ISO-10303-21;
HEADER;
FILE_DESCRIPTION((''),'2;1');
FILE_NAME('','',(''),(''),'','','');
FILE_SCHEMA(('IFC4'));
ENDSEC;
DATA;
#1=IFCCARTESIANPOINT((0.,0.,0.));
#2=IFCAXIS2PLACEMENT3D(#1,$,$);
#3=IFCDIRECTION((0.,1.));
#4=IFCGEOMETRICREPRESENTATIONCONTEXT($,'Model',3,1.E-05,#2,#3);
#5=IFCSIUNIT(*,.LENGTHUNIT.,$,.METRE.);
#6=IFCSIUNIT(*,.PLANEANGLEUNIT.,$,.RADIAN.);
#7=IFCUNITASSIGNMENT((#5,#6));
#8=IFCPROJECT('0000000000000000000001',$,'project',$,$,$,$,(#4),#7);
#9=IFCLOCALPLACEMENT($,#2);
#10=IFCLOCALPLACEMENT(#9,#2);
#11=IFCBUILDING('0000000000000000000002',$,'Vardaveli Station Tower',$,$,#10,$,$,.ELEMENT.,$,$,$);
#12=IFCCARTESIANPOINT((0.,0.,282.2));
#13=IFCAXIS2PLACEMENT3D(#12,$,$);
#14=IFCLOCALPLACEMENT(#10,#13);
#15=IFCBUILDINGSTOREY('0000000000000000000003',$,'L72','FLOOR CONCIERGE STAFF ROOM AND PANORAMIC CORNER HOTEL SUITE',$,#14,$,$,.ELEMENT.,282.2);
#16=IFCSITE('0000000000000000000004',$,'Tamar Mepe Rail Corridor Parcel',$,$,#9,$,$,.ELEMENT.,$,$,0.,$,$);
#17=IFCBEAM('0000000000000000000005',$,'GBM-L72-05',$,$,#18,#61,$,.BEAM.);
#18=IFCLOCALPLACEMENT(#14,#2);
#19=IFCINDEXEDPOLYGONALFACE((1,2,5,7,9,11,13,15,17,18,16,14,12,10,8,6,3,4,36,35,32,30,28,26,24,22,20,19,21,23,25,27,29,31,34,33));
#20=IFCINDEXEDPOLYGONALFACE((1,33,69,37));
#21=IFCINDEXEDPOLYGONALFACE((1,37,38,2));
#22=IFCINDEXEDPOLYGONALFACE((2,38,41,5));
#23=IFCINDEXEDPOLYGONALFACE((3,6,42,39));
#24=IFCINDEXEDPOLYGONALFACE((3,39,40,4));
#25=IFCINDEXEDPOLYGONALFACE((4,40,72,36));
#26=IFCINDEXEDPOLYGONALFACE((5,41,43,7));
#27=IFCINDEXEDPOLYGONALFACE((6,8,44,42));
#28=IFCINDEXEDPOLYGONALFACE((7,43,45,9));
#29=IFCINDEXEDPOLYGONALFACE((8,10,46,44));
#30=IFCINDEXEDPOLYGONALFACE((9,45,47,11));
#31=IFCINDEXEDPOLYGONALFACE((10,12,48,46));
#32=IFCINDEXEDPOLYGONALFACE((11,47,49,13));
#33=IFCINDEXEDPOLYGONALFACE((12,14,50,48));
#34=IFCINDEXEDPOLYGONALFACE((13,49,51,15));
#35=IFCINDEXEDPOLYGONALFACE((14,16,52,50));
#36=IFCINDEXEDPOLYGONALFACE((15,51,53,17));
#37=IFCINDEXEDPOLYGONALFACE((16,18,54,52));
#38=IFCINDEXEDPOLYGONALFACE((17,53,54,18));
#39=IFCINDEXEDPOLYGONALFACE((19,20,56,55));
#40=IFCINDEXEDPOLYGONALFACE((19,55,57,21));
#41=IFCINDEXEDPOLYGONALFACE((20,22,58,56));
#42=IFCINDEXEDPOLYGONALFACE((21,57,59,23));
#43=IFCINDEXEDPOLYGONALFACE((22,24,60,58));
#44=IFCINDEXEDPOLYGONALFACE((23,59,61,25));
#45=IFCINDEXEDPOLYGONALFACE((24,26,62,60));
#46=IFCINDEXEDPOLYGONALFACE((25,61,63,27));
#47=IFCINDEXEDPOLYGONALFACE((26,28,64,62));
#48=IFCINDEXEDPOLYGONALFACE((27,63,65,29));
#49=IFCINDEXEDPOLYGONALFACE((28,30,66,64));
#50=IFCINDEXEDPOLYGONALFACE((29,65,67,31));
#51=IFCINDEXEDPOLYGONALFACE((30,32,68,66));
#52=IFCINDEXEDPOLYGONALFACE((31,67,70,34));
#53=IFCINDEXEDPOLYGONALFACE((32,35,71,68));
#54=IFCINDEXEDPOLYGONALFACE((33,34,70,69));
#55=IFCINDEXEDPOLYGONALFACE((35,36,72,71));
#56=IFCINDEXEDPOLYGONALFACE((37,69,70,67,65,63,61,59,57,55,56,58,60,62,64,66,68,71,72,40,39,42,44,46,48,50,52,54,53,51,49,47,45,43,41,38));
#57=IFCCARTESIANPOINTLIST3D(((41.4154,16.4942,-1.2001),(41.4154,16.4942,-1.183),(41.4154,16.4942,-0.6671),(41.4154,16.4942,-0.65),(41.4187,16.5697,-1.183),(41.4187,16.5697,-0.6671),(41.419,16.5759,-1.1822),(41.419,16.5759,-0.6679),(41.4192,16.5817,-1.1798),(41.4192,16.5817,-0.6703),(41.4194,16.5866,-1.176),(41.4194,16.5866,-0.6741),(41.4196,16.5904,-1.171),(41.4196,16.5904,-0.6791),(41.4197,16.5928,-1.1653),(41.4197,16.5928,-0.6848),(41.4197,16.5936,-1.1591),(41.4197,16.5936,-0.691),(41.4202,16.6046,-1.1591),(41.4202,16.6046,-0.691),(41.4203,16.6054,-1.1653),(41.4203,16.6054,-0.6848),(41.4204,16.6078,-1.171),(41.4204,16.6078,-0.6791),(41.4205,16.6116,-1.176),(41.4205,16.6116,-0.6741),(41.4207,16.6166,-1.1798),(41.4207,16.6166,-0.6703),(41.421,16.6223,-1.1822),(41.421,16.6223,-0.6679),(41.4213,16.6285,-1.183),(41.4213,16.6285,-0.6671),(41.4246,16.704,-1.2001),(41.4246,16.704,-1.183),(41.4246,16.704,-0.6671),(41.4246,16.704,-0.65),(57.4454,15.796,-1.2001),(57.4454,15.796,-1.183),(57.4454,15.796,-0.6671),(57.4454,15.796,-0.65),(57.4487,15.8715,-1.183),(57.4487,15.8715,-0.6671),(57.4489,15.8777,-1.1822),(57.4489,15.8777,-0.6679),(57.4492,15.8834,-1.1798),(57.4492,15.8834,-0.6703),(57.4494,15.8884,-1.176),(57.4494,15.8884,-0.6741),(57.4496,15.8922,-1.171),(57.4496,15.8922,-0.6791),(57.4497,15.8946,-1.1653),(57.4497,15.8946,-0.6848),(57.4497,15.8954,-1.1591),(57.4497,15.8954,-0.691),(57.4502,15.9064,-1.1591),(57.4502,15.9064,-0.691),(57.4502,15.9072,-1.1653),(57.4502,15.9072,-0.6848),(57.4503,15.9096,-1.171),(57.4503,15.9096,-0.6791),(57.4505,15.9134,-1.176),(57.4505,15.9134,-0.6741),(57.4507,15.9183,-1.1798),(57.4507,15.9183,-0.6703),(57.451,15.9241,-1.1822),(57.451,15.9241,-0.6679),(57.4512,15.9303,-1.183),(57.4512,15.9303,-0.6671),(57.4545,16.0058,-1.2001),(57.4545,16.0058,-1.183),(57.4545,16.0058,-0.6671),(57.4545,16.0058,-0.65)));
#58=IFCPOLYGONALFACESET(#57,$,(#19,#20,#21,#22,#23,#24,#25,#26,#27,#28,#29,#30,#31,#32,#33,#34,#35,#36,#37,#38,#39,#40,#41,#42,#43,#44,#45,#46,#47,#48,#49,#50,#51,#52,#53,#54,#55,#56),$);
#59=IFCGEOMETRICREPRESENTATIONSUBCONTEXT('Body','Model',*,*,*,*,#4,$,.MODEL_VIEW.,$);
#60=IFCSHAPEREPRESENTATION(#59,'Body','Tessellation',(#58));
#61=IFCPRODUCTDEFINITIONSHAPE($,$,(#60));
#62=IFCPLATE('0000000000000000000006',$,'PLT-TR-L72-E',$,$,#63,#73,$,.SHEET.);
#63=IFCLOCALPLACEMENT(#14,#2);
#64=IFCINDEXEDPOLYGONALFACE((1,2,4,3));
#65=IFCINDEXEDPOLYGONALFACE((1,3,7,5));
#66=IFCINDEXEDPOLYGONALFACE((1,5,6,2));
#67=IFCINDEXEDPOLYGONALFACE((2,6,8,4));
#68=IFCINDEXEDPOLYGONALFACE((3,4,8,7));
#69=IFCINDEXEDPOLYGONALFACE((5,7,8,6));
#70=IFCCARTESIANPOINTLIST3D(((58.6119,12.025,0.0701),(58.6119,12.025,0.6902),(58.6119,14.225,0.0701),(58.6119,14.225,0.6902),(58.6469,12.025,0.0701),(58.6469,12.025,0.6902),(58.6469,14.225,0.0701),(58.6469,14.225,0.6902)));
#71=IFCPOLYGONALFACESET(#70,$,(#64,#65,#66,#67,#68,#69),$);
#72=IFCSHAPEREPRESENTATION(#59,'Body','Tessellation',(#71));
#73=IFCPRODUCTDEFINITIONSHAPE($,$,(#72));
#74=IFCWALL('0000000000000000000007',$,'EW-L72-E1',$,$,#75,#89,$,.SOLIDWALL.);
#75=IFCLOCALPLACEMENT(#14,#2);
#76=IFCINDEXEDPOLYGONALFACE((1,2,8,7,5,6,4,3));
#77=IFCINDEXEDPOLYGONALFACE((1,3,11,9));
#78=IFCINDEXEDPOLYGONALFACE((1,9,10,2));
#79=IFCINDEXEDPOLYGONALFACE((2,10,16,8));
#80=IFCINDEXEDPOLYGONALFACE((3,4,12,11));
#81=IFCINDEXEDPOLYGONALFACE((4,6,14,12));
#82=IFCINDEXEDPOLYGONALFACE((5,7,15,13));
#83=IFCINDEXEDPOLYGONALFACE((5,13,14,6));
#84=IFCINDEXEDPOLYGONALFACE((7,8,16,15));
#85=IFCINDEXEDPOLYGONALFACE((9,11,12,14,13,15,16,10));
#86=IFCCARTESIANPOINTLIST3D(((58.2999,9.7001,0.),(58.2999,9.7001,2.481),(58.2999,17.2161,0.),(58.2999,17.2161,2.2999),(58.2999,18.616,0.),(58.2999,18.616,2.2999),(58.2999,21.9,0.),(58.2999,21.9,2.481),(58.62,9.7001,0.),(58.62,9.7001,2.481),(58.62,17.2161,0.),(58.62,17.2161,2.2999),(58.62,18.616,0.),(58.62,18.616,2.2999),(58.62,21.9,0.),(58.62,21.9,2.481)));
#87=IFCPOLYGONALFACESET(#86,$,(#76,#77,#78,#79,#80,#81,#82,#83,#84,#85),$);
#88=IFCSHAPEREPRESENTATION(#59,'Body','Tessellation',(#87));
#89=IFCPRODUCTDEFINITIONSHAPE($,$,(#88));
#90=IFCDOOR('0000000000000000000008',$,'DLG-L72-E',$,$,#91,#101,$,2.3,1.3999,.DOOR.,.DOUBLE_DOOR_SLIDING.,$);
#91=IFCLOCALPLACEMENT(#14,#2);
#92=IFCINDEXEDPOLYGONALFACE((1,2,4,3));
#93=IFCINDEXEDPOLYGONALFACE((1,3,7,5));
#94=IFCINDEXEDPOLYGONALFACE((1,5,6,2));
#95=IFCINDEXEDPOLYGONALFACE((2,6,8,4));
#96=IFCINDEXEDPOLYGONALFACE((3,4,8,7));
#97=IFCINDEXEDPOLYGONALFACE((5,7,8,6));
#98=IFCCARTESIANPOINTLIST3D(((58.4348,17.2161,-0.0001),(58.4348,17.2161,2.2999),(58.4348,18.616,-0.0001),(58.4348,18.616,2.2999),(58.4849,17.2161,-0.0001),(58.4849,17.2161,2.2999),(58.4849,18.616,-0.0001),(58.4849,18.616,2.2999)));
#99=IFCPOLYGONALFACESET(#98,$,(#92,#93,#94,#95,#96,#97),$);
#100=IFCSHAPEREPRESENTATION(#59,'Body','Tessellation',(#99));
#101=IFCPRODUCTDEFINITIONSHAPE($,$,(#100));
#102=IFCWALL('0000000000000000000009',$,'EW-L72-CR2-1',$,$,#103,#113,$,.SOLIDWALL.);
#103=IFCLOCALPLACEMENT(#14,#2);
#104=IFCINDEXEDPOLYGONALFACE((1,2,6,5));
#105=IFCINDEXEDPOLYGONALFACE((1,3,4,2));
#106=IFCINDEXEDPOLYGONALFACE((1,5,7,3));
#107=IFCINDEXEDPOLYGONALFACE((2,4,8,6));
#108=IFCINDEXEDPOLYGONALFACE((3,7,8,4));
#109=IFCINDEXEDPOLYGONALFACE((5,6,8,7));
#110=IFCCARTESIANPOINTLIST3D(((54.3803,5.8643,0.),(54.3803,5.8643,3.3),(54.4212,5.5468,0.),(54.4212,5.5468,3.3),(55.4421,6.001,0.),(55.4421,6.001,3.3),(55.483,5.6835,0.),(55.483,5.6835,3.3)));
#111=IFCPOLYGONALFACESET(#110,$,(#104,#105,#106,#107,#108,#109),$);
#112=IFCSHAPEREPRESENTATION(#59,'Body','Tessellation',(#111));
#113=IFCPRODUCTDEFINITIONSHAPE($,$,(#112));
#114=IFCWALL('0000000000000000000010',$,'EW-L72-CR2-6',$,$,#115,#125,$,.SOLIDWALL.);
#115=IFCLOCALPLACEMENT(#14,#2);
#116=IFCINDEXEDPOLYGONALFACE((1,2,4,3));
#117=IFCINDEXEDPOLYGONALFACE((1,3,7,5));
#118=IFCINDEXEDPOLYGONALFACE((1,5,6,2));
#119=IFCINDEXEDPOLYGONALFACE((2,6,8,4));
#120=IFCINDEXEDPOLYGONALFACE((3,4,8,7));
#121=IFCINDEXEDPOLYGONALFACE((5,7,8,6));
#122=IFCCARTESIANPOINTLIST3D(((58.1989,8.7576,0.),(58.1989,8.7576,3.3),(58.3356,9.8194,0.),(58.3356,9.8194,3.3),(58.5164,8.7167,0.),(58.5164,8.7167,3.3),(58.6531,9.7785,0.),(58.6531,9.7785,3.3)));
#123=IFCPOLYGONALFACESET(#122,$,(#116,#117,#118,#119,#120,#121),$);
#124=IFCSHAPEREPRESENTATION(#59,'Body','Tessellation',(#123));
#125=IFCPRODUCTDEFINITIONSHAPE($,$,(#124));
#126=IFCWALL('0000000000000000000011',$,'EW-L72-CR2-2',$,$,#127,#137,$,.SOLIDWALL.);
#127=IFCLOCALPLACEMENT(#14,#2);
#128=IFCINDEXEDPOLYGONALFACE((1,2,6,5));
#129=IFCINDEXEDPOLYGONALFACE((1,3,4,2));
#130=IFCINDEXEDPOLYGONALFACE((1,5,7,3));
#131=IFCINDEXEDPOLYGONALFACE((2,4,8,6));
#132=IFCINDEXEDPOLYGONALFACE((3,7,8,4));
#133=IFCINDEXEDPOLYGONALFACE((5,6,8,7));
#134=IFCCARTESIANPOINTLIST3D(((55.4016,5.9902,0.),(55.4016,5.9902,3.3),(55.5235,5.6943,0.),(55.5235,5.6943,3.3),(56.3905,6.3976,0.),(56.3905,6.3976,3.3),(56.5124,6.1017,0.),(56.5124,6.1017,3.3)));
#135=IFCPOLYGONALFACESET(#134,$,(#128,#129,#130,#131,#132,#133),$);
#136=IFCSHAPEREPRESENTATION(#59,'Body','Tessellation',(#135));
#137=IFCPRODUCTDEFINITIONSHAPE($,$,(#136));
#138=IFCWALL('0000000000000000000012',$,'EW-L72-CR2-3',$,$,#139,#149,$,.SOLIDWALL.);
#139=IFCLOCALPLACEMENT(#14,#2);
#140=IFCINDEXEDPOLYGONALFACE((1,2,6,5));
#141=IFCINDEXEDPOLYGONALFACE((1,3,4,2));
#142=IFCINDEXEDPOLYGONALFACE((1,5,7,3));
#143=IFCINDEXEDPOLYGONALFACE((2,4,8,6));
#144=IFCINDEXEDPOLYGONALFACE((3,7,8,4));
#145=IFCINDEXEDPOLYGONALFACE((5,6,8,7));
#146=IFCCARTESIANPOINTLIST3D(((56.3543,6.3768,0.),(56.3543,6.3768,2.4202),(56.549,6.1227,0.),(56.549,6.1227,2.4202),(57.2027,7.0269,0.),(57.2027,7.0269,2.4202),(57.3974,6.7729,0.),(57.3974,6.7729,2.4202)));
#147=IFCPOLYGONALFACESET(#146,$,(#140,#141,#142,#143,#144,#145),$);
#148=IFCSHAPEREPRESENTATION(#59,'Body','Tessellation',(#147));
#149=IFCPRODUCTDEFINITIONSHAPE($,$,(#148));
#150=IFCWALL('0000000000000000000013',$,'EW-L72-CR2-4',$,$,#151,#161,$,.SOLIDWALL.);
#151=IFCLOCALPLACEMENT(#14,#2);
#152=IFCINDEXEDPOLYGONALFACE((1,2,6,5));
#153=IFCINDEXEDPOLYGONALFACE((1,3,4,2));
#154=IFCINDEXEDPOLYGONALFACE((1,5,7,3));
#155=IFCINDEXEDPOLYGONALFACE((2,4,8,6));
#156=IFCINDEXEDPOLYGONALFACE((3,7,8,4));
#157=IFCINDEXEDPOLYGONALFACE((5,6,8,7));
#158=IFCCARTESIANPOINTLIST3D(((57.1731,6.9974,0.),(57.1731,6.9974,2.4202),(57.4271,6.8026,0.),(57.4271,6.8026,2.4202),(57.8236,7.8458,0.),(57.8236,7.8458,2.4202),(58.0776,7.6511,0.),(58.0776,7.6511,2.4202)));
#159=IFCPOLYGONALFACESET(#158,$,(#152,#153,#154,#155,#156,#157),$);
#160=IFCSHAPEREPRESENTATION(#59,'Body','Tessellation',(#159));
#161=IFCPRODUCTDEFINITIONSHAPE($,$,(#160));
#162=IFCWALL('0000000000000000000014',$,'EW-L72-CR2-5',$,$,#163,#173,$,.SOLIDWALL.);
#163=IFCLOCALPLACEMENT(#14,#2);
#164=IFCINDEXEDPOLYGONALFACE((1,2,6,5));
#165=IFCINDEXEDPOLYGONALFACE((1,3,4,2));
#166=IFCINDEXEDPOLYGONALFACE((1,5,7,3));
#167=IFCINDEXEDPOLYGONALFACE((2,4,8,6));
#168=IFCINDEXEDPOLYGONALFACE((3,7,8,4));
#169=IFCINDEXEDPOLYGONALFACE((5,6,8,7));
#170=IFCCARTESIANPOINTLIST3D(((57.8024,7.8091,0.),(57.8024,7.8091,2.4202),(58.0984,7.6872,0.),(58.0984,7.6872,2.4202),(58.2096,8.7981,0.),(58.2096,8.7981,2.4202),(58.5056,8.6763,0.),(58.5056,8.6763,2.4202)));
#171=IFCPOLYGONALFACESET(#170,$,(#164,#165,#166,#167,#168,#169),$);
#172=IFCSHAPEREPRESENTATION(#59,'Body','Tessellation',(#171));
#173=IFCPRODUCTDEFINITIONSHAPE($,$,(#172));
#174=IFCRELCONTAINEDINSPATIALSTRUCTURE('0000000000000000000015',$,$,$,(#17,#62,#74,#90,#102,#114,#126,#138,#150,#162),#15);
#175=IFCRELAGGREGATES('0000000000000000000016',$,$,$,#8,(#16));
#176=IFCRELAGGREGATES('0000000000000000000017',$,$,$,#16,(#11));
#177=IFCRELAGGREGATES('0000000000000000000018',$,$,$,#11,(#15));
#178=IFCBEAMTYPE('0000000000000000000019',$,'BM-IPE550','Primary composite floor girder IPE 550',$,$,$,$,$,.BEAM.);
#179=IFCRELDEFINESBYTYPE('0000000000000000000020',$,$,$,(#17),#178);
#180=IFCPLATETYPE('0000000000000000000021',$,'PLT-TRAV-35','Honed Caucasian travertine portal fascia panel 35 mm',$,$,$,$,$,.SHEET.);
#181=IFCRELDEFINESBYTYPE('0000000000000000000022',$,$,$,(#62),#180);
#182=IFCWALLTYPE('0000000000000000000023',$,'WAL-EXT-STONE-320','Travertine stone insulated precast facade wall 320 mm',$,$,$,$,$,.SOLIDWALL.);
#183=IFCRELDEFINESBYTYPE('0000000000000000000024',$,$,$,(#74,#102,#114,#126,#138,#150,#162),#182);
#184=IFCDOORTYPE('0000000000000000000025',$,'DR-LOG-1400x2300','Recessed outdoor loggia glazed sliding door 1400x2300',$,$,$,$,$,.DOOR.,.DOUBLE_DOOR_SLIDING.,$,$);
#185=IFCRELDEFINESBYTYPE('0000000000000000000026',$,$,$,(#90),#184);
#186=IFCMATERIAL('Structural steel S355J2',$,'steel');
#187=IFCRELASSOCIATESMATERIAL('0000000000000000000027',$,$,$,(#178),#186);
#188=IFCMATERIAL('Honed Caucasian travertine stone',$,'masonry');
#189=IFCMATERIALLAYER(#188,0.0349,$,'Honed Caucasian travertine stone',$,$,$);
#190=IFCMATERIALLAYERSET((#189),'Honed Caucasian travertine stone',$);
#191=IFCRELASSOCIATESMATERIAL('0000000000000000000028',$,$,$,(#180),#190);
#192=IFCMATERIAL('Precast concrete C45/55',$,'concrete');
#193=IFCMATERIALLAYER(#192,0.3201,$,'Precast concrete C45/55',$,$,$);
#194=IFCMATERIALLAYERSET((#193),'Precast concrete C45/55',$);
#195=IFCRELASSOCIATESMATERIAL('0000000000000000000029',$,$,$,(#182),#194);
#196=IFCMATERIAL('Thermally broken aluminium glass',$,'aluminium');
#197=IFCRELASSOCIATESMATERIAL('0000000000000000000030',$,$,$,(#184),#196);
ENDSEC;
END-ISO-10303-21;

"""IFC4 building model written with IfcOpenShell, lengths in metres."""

from ifc_helpers import new_model, si_unit, direction, frame, frame_2d, origin, origin_2d, place, context, subcontext, project, spatial, rectangle, i_section, extrude, source, transform, mapped, material, layer, layer_set, material_profile, profile_set, type_object, element, fill, save


model = new_model("IFC4")

# Units and contexts
model_context = context("Model", 3, precision=1e-05, world=origin(), true_north=direction((0.0, 1.0)))
body_context = subcontext(model_context, "Body", "Model", "MODEL_VIEW")
ifc_project = project(units=[si_unit("LENGTHUNIT", "METRE"), si_unit("PLANEANGLEUNIT", "RADIAN")], contexts=[model_context])

# Site, building, storey
site_placement = place(None, origin())
site = spatial("IfcSite", under=ifc_project, at=site_placement, Name="Tamar Mepe Rail Corridor Parcel", CompositionType="ELEMENT", RefElevation=0.0)
building_placement = place(site_placement, origin())
building = spatial("IfcBuilding", under=site, at=building_placement, Name="Vardaveli Station Tower", CompositionType="ELEMENT")
storey_placement = place(building_placement, frame((0.0, 0.0, 282.2)))
storey = spatial("IfcBuildingStorey", under=building, at=storey_placement, Name="L72", Description="FLOOR CONCIERGE STAFF ROOM AND PANORAMIC CORNER HOTEL SUITE", CompositionType="ELEMENT", Elevation=282.2)

# Beam
ifc_material_1 = material(Name="Structural steel S355J2", Category="steel")
ifc_material_profile_1 = material_profile(ifc_material_1, i_section(OverallWidth=0.21, OverallDepth=0.55, WebThickness=0.011, FlangeThickness=0.0171, FilletRadius=0.0239, at=origin_2d()), Name="IPE 550")
ifc_profile_set_1 = profile_set([ifc_material_profile_1], Name="Structural steel S355J2")
beam_type_1 = type_object("IfcBeamType", Name="BM-IPE550", Description="Primary composite floor girder IPE 550", PredefinedType="BEAM", material=ifc_profile_set_1)
shared_shape_1 = source(origin(), body_context, "Body", "SweptSolid", [
    extrude(i_section(OverallWidth=0.21, OverallDepth=0.55, WebThickness=0.011, FlangeThickness=0.0171, FilletRadius=0.0239, at=origin_2d()), origin(), (0.0, 0.0, 1.0), 16.0452),
])
beam_1_placement = place(storey_placement, frame((57.45, 15.9009, -0.925), z_axis=(-0.999053, 0.043517, 0.0), x_axis=(-0.043517, -0.999053, 0.0)))
element("IfcBeam", 1, at=beam_1_placement, inside=storey, type_object=beam_type_1, Name="GBM-L72-05", PredefinedType="BEAM", context=body_context, shape_type="MappedRepresentation", body=[
    mapped(shared_shape_1, transform((0.0, 0.0, 0.0), scale=1.0)),
])

# Plate
ifc_material_2 = material(Name="Honed Caucasian travertine stone", Category="masonry")
ifc_layer_1 = layer(ifc_material_2, 0.0349, Name="Honed Caucasian travertine stone")
ifc_layer_set_1 = layer_set([ifc_layer_1], Name="Honed Caucasian travertine stone")
plate_type = type_object("IfcPlateType", Name="PLT-TRAV-35", Description="Honed Caucasian travertine portal fascia panel 35 mm", PredefinedType="SHEET", material=ifc_layer_set_1)
shared_shape_2 = source(origin(), body_context, "Body", "SweptSolid", [
    extrude(rectangle(XDim=2.2, YDim=0.0349, at=origin_2d()), origin(), (0.0, 0.0, 1.0), 0.6201),
])
plate_placement = place(storey_placement, frame((58.6294, 13.125, 0.0701), z_axis=(0.0, 0.0, 1.0), x_axis=(0.0, 1.0, 0.0)))
element("IfcPlate", 2, at=plate_placement, inside=storey, type_object=plate_type, Name="PLT-TR-L72-E", PredefinedType="SHEET", context=body_context, shape_type="MappedRepresentation", body=[
    mapped(shared_shape_2, transform((0.0, 0.0, 0.0), scale=1.0)),
])

# Wall, opening, door
ifc_material_3 = material(Name="Precast concrete C45/55", Category="concrete")
ifc_layer_2 = layer(ifc_material_3, 0.3201, Name="Precast concrete C45/55")
ifc_layer_set_2 = layer_set([ifc_layer_2], Name="Precast concrete C45/55")
wall_type_1 = type_object("IfcWallType", Name="WAL-EXT-STONE-320", Description="Travertine stone insulated precast facade wall 320 mm", PredefinedType="SOLIDWALL", material=ifc_layer_set_2)
shared_shape_3 = source(origin(), body_context, "Body", "SweptSolid", [
    extrude(rectangle(XDim=12.2, YDim=0.3201, at=frame_2d((6.1001, 0.0))), origin(), (0.0, 0.0, 1.0), 2.481),
])
wall_1_placement = place(storey_placement, frame((58.46, 9.7, 0.0), z_axis=(0.0, 0.0, 1.0), x_axis=(0.0, 1.0, 0.0)))
wall_1 = element("IfcWall", 3, at=wall_1_placement, inside=storey, type_object=wall_type_1, Name="EW-L72-E1", PredefinedType="SOLIDWALL", context=body_context, shape_type="MappedRepresentation", body=[
    mapped(shared_shape_3, transform((0.0, 0.0, 0.0), scale=1.0)),
])
shared_shape_4 = source(origin(), body_context, "Body", "SweptSolid", [
    extrude(rectangle(XDim=1.3999, YDim=2.3, at=frame_2d((0.7, 1.1499))), frame((0.0, 0.1699, 0.0), z_axis=(0.0, -1.0, 0.0), x_axis=(1.0, 0.0, 0.0)), (0.0, 0.0, 1.0), 0.3401),
])
opening_1_placement = place(wall_1_placement, frame((7.5161, 0.0, 0.0)))
opening_1 = element("IfcOpeningElement", 4, at=opening_1_placement, cuts=wall_1, PredefinedType="OPENING", context=body_context, shape_type="MappedRepresentation", body=[
    mapped(shared_shape_4, transform((0.0, 0.0, 0.0), scale=1.0)),
])
ifc_material_4 = material(Name="Thermally broken aluminium glass", Category="aluminium")
door_type_1 = type_object("IfcDoorType", Name="DR-LOG-1400x2300", Description="Recessed outdoor loggia glazed sliding door 1400x2300", OperationType="DOUBLE_DOOR_SLIDING", PredefinedType="DOOR", material=ifc_material_4)
shared_shape_5 = source(origin(), body_context, "Body", "SweptSolid", [
    extrude(rectangle(XDim=1.3999, YDim=2.3, at=frame_2d((0.7, 1.1499))), frame((0.0, 0.0249, 0.0), z_axis=(0.0, -1.0, 0.0), x_axis=(1.0, 0.0, 0.0)), (0.0, 0.0, 1.0), 0.05),
])
door_1_placement = place(opening_1_placement, frame((1.3999, 0.0, 0.0), z_axis=(0.0, 0.0, 1.0), x_axis=(-1.0, 0.0, 0.0)))
door_1 = element("IfcDoor", 5, at=door_1_placement, inside=storey, type_object=door_type_1, Name="DLG-L72-E", OperationType="DOUBLE_DOOR_SLIDING", OverallHeight=2.3, OverallWidth=1.3999, PredefinedType="DOOR", context=body_context, shape_type="MappedRepresentation", body=[
    mapped(shared_shape_5, transform((0.0, 0.0, 0.0), scale=1.0)),
])
fill(opening_1, door_1)

# Walls
shared_shape_6 = source(origin(), body_context, "Body", "SweptSolid", [
    extrude(rectangle(XDim=1.0706, YDim=0.3201, at=frame_2d((0.5352, 0.0))), origin(), (0.0, 0.0, 1.0), 3.3),
])
for number, where, z_axis, x_axis, name in (
    (6, (54.4009, 5.7056, 0.0), (0.0, 0.0, 1.0), (0.991811, 0.127711, 0.0), "EW-L72-CR2-1"),
    (7, (58.3577, 8.7373, 0.0), (0.0, 0.0, 1.0), (0.127711, 0.991811, 0.0), "EW-L72-CR2-6"),
):
    element("IfcWall", number, at=place(storey_placement, frame(where, z_axis=z_axis, x_axis=x_axis)), inside=storey, type_object=wall_type_1, Name=name, PredefinedType="SOLIDWALL", context=body_context, shape_type="MappedRepresentation", body=[
        mapped(shared_shape_6, transform((0.0, 0.0, 0.0), scale=1.0)),
    ])
shared_shape_7 = source(origin(), body_context, "Body", "SweptSolid", [
    extrude(rectangle(XDim=1.0696, YDim=0.3201, at=frame_2d((0.5347, 0.0))), origin(), (0.0, 0.0, 1.0), 3.3),
])
wall_2_placement = place(storey_placement, frame((55.4626, 5.8423, 0.0), z_axis=(0.0, 0.0, 1.0), x_axis=(0.924602, 0.380933, 0.0)))
element("IfcWall", 8, at=wall_2_placement, inside=storey, type_object=wall_type_1, Name="EW-L72-CR2-2", PredefinedType="SOLIDWALL", context=body_context, shape_type="MappedRepresentation", body=[
    mapped(shared_shape_7, transform((0.0, 0.0, 0.0), scale=1.0)),
])
shared_shape_8 = source(origin(), body_context, "Body", "SweptSolid", [
    extrude(rectangle(XDim=1.0688, YDim=0.3201, at=frame_2d((0.5344, 0.0))), origin(), (0.0, 0.0, 1.0), 2.4202),
])
wall_3_placement = place(storey_placement, frame((56.4517, 6.2498, 0.0), z_axis=(0.0, 0.0, 1.0), x_axis=(0.793735, 0.608264, 0.0)))
element("IfcWall", 9, at=wall_3_placement, inside=storey, type_object=wall_type_1, Name="EW-L72-CR2-3", PredefinedType="SOLIDWALL", context=body_context, shape_type="MappedRepresentation", body=[
    mapped(shared_shape_8, transform((0.0, 0.0, 0.0), scale=1.0)),
])
shared_shape_9 = source(origin(), body_context, "Body", "SweptSolid", [
    extrude(rectangle(XDim=1.0691, YDim=0.3201, at=frame_2d((0.5347, 0.0))), origin(), (0.0, 0.0, 1.0), 2.4202),
])
wall_4_placement = place(storey_placement, frame((57.3, 6.8999, 0.0), z_axis=(0.0, 0.0, 1.0), x_axis=(0.608408, 0.793625, 0.0)))
element("IfcWall", 10, at=wall_4_placement, inside=storey, type_object=wall_type_1, Name="EW-L72-CR2-4", PredefinedType="SOLIDWALL", context=body_context, shape_type="MappedRepresentation", body=[
    mapped(shared_shape_9, transform((0.0, 0.0, 0.0), scale=1.0)),
])
shared_shape_10 = source(origin(), body_context, "Body", "SweptSolid", [
    extrude(rectangle(XDim=1.0696, YDim=0.3201, at=frame_2d((0.5347, 0.0))), origin(), (0.0, 0.0, 1.0), 2.4202),
])
wall_5_placement = place(storey_placement, frame((57.9504, 7.7483, 0.0), z_axis=(0.0, 0.0, 1.0), x_axis=(0.380738, 0.924683, 0.0)))
element("IfcWall", 11, at=wall_5_placement, inside=storey, type_object=wall_type_1, Name="EW-L72-CR2-5", PredefinedType="SOLIDWALL", context=body_context, shape_type="MappedRepresentation", body=[
    mapped(shared_shape_10, transform((0.0, 0.0, 0.0), scale=1.0)),
])

save(model, "model.ifc")
